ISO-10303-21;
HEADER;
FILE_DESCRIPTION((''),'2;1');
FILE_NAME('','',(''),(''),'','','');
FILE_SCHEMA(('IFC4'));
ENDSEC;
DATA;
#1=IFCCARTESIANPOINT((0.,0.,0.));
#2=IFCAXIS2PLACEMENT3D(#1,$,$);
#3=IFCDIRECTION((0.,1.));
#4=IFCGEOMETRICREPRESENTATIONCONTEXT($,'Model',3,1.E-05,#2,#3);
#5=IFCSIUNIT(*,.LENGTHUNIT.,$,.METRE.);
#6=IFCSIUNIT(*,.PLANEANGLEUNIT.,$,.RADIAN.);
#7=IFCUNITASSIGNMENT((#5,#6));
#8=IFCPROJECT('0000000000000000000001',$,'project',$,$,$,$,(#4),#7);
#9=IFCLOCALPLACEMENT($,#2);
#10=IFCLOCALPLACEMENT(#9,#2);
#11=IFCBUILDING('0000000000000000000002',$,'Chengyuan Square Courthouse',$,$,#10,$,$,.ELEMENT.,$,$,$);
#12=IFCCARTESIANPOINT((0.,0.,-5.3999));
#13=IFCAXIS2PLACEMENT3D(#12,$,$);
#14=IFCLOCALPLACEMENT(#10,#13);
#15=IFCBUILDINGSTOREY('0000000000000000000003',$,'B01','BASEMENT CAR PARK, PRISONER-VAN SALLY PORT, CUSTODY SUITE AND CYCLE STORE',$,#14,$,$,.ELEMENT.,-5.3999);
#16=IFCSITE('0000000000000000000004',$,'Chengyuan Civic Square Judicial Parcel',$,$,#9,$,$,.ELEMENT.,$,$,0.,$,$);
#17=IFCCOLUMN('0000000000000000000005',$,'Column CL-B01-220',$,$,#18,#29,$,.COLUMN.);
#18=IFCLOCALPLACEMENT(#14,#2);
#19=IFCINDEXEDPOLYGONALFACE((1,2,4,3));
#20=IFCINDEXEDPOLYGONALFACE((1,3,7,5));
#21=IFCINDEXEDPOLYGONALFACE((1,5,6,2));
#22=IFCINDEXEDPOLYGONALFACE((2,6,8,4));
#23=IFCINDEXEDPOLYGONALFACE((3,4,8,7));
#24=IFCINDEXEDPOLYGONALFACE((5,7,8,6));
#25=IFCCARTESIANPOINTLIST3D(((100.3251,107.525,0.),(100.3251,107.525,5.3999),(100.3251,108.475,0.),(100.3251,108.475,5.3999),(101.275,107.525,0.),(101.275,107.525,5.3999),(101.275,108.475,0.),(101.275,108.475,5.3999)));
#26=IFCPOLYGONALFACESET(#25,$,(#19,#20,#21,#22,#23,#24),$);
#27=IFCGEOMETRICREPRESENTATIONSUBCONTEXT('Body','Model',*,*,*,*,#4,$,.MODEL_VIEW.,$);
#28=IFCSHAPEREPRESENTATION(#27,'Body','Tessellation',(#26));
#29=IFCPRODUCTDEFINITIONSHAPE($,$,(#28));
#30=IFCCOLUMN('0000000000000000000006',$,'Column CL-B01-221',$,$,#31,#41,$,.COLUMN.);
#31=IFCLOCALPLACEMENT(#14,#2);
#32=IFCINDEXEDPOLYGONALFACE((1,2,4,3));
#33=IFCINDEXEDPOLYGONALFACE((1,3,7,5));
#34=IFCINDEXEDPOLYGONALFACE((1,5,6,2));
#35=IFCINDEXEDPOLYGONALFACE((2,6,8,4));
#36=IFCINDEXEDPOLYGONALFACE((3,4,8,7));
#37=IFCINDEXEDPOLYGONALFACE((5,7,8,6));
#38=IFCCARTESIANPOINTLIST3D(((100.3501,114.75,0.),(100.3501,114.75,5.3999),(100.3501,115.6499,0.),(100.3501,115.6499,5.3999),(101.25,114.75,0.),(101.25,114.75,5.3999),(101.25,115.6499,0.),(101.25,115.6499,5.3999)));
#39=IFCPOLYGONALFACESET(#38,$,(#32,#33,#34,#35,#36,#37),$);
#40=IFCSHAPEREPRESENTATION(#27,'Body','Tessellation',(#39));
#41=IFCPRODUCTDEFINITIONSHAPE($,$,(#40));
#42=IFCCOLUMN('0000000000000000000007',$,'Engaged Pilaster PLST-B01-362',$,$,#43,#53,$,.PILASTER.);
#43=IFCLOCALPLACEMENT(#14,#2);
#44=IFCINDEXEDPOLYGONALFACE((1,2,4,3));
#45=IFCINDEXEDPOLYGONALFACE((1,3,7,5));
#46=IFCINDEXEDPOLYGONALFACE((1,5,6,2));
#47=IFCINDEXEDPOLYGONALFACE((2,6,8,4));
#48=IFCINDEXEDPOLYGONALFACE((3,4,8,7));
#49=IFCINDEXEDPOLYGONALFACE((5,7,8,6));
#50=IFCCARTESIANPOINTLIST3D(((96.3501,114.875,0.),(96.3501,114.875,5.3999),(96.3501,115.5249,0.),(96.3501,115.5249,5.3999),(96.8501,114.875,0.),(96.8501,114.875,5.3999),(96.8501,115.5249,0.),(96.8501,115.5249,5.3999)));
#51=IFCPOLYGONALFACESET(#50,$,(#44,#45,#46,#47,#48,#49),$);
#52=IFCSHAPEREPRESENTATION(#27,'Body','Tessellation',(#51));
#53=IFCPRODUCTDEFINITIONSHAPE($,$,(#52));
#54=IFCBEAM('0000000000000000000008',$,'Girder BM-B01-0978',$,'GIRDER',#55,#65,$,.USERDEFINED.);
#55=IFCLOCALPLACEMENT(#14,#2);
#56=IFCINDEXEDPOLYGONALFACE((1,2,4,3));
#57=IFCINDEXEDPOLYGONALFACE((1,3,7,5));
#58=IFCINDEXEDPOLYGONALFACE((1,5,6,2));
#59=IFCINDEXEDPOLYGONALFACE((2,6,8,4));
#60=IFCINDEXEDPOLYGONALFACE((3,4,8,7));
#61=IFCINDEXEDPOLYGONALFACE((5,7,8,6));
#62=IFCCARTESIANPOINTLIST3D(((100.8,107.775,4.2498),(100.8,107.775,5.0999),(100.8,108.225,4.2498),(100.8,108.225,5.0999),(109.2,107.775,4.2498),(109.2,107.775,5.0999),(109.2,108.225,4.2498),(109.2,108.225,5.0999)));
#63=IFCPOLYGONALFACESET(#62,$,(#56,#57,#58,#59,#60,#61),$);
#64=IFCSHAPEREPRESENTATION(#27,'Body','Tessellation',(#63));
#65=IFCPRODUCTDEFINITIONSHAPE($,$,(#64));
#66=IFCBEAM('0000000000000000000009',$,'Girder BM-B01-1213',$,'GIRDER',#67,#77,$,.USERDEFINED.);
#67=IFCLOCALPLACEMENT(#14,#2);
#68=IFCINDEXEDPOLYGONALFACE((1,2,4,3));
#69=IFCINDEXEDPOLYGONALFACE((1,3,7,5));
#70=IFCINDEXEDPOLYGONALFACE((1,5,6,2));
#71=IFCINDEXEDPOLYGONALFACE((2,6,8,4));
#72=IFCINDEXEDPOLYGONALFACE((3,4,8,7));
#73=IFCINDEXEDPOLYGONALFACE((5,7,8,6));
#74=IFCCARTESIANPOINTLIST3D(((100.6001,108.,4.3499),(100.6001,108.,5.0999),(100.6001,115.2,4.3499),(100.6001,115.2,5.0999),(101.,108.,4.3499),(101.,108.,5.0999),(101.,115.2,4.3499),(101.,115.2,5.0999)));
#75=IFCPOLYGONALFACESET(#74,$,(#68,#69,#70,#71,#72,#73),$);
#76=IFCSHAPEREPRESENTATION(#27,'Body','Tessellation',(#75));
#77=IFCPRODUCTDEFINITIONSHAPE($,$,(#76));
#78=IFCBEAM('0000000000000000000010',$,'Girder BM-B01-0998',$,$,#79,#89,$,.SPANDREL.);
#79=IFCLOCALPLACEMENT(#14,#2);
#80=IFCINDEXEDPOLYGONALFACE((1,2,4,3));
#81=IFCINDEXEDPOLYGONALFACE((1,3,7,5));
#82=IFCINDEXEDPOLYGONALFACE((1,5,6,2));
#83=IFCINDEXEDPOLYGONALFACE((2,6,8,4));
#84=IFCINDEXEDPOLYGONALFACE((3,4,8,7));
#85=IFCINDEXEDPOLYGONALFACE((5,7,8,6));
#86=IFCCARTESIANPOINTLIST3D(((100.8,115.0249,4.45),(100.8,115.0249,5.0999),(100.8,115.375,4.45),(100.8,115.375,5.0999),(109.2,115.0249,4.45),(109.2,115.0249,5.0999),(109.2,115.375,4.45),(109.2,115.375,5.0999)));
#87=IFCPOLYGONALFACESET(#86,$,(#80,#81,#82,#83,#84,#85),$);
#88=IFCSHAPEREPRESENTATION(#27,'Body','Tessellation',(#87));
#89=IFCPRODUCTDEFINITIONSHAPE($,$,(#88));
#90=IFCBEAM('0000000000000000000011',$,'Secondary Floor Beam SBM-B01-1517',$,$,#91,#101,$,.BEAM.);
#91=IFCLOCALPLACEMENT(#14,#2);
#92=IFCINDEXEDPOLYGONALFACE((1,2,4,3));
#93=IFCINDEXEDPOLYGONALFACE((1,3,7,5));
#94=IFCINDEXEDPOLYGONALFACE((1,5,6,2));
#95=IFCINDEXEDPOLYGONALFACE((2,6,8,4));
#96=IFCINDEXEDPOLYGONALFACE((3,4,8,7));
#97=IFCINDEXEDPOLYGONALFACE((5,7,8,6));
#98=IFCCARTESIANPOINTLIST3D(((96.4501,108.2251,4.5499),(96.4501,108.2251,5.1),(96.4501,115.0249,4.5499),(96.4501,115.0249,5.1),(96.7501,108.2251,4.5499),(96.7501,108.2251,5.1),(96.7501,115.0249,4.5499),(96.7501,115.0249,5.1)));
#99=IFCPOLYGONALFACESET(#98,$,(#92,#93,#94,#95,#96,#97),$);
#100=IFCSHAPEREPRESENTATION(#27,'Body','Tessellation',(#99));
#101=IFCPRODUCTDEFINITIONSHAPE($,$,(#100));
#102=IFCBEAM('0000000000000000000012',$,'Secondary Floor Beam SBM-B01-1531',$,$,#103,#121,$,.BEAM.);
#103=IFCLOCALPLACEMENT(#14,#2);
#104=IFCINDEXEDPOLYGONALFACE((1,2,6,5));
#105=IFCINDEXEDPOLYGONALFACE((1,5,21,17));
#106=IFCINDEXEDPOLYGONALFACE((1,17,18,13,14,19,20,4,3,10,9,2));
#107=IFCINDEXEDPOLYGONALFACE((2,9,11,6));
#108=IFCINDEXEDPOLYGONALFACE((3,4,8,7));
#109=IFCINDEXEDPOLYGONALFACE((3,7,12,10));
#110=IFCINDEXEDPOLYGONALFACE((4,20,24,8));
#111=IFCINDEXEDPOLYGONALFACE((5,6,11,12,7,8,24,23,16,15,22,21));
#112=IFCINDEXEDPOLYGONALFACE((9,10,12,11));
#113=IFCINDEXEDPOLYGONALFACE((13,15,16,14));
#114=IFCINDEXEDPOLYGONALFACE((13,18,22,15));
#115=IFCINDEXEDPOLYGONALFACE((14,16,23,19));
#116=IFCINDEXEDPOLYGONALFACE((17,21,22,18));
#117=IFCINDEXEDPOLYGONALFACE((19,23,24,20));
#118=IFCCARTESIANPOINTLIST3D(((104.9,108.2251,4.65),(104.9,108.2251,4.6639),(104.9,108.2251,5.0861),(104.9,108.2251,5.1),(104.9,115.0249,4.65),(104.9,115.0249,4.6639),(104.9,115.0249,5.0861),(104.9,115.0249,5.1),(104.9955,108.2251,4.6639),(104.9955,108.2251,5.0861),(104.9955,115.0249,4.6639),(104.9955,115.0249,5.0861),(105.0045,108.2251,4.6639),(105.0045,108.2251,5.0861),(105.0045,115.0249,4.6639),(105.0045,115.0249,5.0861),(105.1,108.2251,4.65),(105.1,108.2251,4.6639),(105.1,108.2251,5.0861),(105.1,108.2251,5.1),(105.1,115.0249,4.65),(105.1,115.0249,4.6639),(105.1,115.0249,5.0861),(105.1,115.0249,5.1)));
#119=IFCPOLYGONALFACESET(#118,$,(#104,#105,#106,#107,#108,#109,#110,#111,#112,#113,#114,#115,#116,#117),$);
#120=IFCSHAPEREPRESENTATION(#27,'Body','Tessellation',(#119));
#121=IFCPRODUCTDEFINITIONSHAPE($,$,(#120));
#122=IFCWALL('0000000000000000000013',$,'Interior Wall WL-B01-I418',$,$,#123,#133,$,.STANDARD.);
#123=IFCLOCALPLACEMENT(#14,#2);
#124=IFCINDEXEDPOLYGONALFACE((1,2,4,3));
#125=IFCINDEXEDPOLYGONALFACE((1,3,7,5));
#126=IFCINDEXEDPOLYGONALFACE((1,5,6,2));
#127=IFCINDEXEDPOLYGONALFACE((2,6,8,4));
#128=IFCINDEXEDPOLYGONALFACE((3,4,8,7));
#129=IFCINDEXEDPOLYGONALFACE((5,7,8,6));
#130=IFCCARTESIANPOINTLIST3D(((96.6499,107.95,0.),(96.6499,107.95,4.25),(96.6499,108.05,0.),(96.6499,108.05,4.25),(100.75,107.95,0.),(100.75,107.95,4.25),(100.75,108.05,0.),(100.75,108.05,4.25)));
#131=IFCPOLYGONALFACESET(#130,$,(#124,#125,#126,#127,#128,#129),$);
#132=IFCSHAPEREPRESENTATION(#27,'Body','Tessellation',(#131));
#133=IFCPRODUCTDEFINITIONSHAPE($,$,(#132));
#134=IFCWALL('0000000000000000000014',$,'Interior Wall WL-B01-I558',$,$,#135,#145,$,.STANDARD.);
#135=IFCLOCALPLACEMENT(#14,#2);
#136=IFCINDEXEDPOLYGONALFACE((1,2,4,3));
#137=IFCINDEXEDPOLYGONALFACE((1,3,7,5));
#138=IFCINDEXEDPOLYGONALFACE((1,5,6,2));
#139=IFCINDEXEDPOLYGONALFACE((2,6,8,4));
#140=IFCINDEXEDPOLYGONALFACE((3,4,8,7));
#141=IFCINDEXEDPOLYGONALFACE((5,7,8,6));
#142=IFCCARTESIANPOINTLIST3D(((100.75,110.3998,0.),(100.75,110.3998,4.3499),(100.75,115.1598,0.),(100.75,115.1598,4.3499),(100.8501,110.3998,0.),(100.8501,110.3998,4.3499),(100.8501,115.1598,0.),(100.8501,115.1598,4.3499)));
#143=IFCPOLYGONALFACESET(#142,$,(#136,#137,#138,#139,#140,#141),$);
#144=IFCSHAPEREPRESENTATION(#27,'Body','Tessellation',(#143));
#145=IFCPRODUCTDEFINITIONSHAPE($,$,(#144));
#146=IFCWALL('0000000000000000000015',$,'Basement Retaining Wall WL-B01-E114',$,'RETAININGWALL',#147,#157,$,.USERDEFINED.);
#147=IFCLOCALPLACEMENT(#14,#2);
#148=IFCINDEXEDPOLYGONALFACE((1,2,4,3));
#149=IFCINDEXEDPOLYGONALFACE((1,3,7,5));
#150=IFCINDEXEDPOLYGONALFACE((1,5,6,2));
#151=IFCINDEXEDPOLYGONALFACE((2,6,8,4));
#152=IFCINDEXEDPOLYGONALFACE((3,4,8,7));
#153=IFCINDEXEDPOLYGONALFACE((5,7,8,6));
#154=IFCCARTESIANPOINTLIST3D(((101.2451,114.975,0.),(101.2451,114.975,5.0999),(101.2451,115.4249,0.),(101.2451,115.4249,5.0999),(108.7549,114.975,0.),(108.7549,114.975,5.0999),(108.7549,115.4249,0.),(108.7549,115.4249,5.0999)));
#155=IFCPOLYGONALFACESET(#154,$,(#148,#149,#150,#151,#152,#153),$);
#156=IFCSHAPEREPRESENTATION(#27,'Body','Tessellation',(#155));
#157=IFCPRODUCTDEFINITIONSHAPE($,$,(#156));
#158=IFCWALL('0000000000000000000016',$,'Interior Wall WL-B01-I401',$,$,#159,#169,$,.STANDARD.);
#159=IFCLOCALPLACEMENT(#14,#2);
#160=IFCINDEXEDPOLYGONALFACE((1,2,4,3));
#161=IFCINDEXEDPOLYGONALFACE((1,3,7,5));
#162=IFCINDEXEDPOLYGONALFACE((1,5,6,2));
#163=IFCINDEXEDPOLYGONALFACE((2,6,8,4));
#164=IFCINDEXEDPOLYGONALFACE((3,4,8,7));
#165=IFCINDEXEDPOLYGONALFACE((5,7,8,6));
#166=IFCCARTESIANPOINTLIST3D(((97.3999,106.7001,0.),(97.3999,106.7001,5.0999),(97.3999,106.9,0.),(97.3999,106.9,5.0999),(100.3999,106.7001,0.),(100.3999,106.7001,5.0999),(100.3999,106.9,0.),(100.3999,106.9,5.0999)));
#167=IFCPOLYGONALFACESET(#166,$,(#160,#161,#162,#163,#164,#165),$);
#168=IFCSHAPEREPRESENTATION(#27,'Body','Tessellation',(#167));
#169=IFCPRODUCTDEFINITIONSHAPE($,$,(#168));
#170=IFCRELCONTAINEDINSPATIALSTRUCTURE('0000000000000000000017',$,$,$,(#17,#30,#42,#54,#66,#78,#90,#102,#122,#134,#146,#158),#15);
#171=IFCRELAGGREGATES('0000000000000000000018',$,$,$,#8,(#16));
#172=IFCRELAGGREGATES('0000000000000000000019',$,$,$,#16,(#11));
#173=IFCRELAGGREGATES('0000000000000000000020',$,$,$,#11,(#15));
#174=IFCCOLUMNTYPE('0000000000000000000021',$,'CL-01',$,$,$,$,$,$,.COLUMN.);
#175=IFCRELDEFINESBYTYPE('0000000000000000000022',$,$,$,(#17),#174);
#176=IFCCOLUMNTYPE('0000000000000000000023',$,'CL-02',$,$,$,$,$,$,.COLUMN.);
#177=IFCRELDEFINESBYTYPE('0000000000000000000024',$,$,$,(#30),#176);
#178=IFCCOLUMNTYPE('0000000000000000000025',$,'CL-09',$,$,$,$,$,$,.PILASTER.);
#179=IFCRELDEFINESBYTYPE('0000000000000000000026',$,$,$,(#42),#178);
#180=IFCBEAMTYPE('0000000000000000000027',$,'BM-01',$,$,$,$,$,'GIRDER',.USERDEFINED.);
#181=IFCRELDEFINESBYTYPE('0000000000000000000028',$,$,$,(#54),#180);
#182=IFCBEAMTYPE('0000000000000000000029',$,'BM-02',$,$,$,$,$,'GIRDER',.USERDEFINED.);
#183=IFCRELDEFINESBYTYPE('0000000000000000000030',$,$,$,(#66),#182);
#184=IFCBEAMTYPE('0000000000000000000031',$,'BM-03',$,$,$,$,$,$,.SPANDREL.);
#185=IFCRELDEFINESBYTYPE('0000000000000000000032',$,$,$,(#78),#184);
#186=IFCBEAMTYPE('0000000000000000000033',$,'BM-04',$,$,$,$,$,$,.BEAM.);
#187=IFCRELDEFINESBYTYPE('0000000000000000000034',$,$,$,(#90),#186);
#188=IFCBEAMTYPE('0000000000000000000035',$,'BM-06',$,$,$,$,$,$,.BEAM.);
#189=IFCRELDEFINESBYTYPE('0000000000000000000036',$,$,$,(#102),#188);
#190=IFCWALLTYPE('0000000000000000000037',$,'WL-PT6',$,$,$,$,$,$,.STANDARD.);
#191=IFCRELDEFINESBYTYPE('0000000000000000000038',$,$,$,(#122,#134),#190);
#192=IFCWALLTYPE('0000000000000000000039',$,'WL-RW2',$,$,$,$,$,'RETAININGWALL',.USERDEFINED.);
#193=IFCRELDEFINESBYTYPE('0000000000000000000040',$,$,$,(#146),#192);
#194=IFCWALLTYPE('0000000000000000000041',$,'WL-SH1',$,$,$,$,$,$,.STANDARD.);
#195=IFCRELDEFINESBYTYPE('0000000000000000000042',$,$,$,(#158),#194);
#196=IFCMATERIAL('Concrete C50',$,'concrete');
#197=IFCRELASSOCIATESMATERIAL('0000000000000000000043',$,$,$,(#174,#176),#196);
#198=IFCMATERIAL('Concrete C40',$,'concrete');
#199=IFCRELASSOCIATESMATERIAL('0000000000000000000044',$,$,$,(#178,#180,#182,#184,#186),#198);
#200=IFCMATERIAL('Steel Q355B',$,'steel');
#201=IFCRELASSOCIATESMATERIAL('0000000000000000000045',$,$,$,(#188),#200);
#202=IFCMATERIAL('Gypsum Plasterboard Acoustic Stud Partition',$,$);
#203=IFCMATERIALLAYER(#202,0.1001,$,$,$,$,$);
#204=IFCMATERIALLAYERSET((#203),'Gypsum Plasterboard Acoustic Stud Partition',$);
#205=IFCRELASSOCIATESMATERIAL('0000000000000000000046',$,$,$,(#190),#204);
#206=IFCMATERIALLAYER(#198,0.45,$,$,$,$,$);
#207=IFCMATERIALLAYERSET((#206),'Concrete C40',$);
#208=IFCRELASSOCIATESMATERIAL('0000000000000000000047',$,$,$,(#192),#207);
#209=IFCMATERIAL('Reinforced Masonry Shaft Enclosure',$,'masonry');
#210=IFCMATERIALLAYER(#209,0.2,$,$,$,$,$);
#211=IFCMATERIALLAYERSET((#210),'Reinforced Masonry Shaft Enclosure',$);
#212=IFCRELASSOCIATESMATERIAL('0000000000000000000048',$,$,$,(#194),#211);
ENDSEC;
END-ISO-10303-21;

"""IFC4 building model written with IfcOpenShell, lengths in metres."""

from ifc_helpers import new_model, si_unit, direction, frame, frame_2d, origin, origin_2d, place, context, subcontext, project, spatial, rectangle, i_section, extrude, material, layer, layer_set, material_profile, profile_set, type_object, element, save


model = new_model("IFC4")

# Units and contexts
model_context = context("Model", 3, precision=1e-05, world=origin(), true_north=direction((0.0, 1.0)))
body_context = subcontext(model_context, "Body", "Model", "MODEL_VIEW")
ifc_project = project(units=[si_unit("LENGTHUNIT", "METRE"), si_unit("PLANEANGLEUNIT", "RADIAN")], contexts=[model_context])

# Site, building, storey
site_placement = place(None, origin())
site = spatial("IfcSite", under=ifc_project, at=site_placement, Name="Chengyuan Civic Square Judicial Parcel", CompositionType="ELEMENT", RefElevation=0.0)
building_placement = place(site_placement, origin())
building = spatial("IfcBuilding", under=site, at=building_placement, Name="Chengyuan Square Courthouse", CompositionType="ELEMENT")
storey_placement = place(building_placement, frame((0.0, 0.0, -5.3999)))
storey = spatial("IfcBuildingStorey", under=building, at=storey_placement, Name="B01", Description="BASEMENT CAR PARK, PRISONER-VAN SALLY PORT, CUSTODY SUITE AND CYCLE STORE", CompositionType="ELEMENT", Elevation=-5.3999)

# Columns
ifc_material_1 = material(Name="Concrete C50", Category="concrete")
ifc_material_profile_1 = material_profile(ifc_material_1, rectangle(XDim=0.95, YDim=0.95, at=origin_2d()), Name="RC-COL-950x950")
ifc_profile_set_1 = profile_set([ifc_material_profile_1], Name="Concrete C50")
column_type_1 = type_object("IfcColumnType", Name="CL-01", PredefinedType="COLUMN", material=ifc_profile_set_1)
column_1_placement = place(storey_placement, frame((100.8, 108.0, 0.0), z_axis=(0.0, 0.0, 1.0), x_axis=(1.0, 0.0, 0.0)))
element("IfcColumn", 1, at=column_1_placement, inside=storey, type_object=column_type_1, Name="Column CL-B01-220", PredefinedType="COLUMN", context=body_context, shape_type="SweptSolid", body=[
    extrude(rectangle(XDim=0.95, YDim=0.95, at=origin_2d()), origin(), (0.0, 0.0, 1.0), 5.3999),
])
ifc_material_profile_2 = material_profile(ifc_material_1, rectangle(XDim=0.8999, YDim=0.8999, at=origin_2d()), Name="RC-COL-900x900")
ifc_profile_set_2 = profile_set([ifc_material_profile_2], Name="Concrete C50")
column_type_2 = type_object("IfcColumnType", Name="CL-02", PredefinedType="COLUMN", material=ifc_profile_set_2)
column_2_placement = place(storey_placement, frame((100.8, 115.2, 0.0), z_axis=(0.0, 0.0, 1.0), x_axis=(1.0, 0.0, 0.0)))
element("IfcColumn", 2, at=column_2_placement, inside=storey, type_object=column_type_2, Name="Column CL-B01-221", PredefinedType="COLUMN", context=body_context, shape_type="SweptSolid", body=[
    extrude(rectangle(XDim=0.8999, YDim=0.8999, at=origin_2d()), origin(), (0.0, 0.0, 1.0), 5.3999),
])
ifc_material_2 = material(Name="Concrete C40", Category="concrete")
ifc_material_profile_3 = material_profile(ifc_material_2, rectangle(XDim=0.5, YDim=0.6499, at=origin_2d()), Name="RC-PIL-500x650")
ifc_profile_set_3 = profile_set([ifc_material_profile_3], Name="Concrete C40")
column_type_3 = type_object("IfcColumnType", Name="CL-09", PredefinedType="PILASTER", material=ifc_profile_set_3)
column_3_placement = place(storey_placement, frame((96.6001, 115.2, 0.0), z_axis=(0.0, 0.0, 1.0), x_axis=(1.0, 0.0, 0.0)))
element("IfcColumn", 3, at=column_3_placement, inside=storey, type_object=column_type_3, Name="Engaged Pilaster PLST-B01-362", PredefinedType="PILASTER", context=body_context, shape_type="SweptSolid", body=[
    extrude(rectangle(XDim=0.5, YDim=0.6499, at=origin_2d()), origin(), (0.0, 0.0, 1.0), 5.3999),
])

# Beams
ifc_material_profile_4 = material_profile(ifc_material_2, rectangle(XDim=0.45, YDim=0.8501, at=origin_2d()), Name="RC-BM-450x850")
ifc_profile_set_4 = profile_set([ifc_material_profile_4], Name="Concrete C40")
beam_type_1 = type_object("IfcBeamType", Name="BM-01", ElementType="GIRDER", PredefinedType="USERDEFINED", material=ifc_profile_set_4)
beam_1_placement = place(storey_placement, frame((100.8, 108.0, 4.6748), z_axis=(1.0, 0.0, 0.0), x_axis=(0.0, 1.0, 0.0)))
element("IfcBeam", 4, at=beam_1_placement, inside=storey, type_object=beam_type_1, Name="Girder BM-B01-0978", ObjectType="GIRDER", PredefinedType="USERDEFINED", context=body_context, shape_type="SweptSolid", body=[
    extrude(rectangle(XDim=0.45, YDim=0.8501, at=origin_2d()), origin(), (0.0, 0.0, 1.0), 8.3999),
])
ifc_material_profile_5 = material_profile(ifc_material_2, rectangle(XDim=0.3999, YDim=0.75, at=origin_2d()), Name="RC-BM-400x750")
ifc_profile_set_5 = profile_set([ifc_material_profile_5], Name="Concrete C40")
beam_type_2 = type_object("IfcBeamType", Name="BM-02", ElementType="GIRDER", PredefinedType="USERDEFINED", material=ifc_profile_set_5)
beam_2_placement = place(storey_placement, frame((100.8, 108.0, 4.7249), z_axis=(0.0, 1.0, 0.0), x_axis=(-1.0, 0.0, 0.0)))
element("IfcBeam", 5, at=beam_2_placement, inside=storey, type_object=beam_type_2, Name="Girder BM-B01-1213", ObjectType="GIRDER", PredefinedType="USERDEFINED", context=body_context, shape_type="SweptSolid", body=[
    extrude(rectangle(XDim=0.3999, YDim=0.75, at=origin_2d()), origin(), (0.0, 0.0, 1.0), 7.2),
])
ifc_material_profile_6 = material_profile(ifc_material_2, rectangle(XDim=0.3501, YDim=0.6499, at=origin_2d()), Name="RC-BM-350x650")
ifc_profile_set_6 = profile_set([ifc_material_profile_6], Name="Concrete C40")
beam_type_3 = type_object("IfcBeamType", Name="BM-03", PredefinedType="SPANDREL", material=ifc_profile_set_6)
beam_3_placement = place(storey_placement, frame((100.8, 115.2, 4.7749), z_axis=(1.0, 0.0, 0.0), x_axis=(0.0, 1.0, 0.0)))
element("IfcBeam", 6, at=beam_3_placement, inside=storey, type_object=beam_type_3, Name="Girder BM-B01-0998", PredefinedType="SPANDREL", context=body_context, shape_type="SweptSolid", body=[
    extrude(rectangle(XDim=0.3501, YDim=0.6499, at=origin_2d()), origin(), (0.0, 0.0, 1.0), 8.3999),
])
ifc_material_profile_7 = material_profile(ifc_material_2, rectangle(XDim=0.3, YDim=0.55, at=origin_2d()), Name="RC-BM-300x550")
ifc_profile_set_7 = profile_set([ifc_material_profile_7], Name="Concrete C40")
beam_type_4 = type_object("IfcBeamType", Name="BM-04", PredefinedType="BEAM", material=ifc_profile_set_7)
beam_4_placement = place(storey_placement, frame((96.6001, 108.2251, 4.825), z_axis=(0.0, 1.0, 0.0), x_axis=(-1.0, 0.0, 0.0)))
element("IfcBeam", 7, at=beam_4_placement, inside=storey, type_object=beam_type_4, Name="Secondary Floor Beam SBM-B01-1517", PredefinedType="BEAM", context=body_context, shape_type="SweptSolid", body=[
    extrude(rectangle(XDim=0.3, YDim=0.55, at=origin_2d()), origin(), (0.0, 0.0, 1.0), 6.7998),
])
ifc_material_3 = material(Name="Steel Q355B", Category="steel")
ifc_material_profile_8 = material_profile(ifc_material_3, i_section(OverallWidth=0.2, OverallDepth=0.45, WebThickness=0.009, FlangeThickness=0.0139, at=origin_2d()), Name="HN 450x200x9x14")
ifc_profile_set_8 = profile_set([ifc_material_profile_8], Name="Steel Q355B")
beam_type_5 = type_object("IfcBeamType", Name="BM-06", PredefinedType="BEAM", material=ifc_profile_set_8)
beam_5_placement = place(storey_placement, frame((105.0, 108.2251, 4.875), z_axis=(0.0, 1.0, 0.0), x_axis=(-1.0, 0.0, 0.0)))
element("IfcBeam", 8, at=beam_5_placement, inside=storey, type_object=beam_type_5, Name="Secondary Floor Beam SBM-B01-1531", PredefinedType="BEAM", context=body_context, shape_type="SweptSolid", body=[
    extrude(i_section(OverallWidth=0.2, OverallDepth=0.45, WebThickness=0.009, FlangeThickness=0.0139, at=origin_2d()), origin(), (0.0, 0.0, 1.0), 6.7998),
])

# Walls
ifc_material_4 = material(Name="Gypsum Plasterboard Acoustic Stud Partition")
ifc_layer_1 = layer(ifc_material_4, 0.1001)
ifc_layer_set_1 = layer_set([ifc_layer_1], Name="Gypsum Plasterboard Acoustic Stud Partition")
wall_type_1 = type_object("IfcWallType", Name="WL-PT6", PredefinedType="STANDARD", material=ifc_layer_set_1)
wall_1_placement = place(storey_placement, frame((96.6499, 108.0, 0.0), z_axis=(0.0, 0.0, 1.0), x_axis=(1.0, 0.0, 0.0)))
element("IfcWall", 9, at=wall_1_placement, inside=storey, type_object=wall_type_1, Name="Interior Wall WL-B01-I418", PredefinedType="STANDARD", context=body_context, shape_type="SweptSolid", body=[
    extrude(rectangle(XDim=4.1001, YDim=0.1001, at=frame_2d((2.05, 0.0))), origin(), (0.0, 0.0, 1.0), 4.25),
])
wall_2_placement = place(storey_placement, frame((100.8, 110.3999, 0.0), z_axis=(0.0, 0.0, 1.0), x_axis=(0.0, 1.0, 0.0)))
element("IfcWall", 10, at=wall_2_placement, inside=storey, type_object=wall_type_1, Name="Interior Wall WL-B01-I558", PredefinedType="STANDARD", context=body_context, shape_type="SweptSolid", body=[
    extrude(rectangle(XDim=4.76, YDim=0.1001, at=frame_2d((2.3799, 0.0))), origin(), (0.0, 0.0, 1.0), 4.3499),
])
ifc_layer_2 = layer(ifc_material_2, 0.45)
ifc_layer_set_2 = layer_set([ifc_layer_2], Name="Concrete C40")
wall_type_2 = type_object("IfcWallType", Name="WL-RW2", ElementType="RETAININGWALL", PredefinedType="USERDEFINED", material=ifc_layer_set_2)
wall_3_placement = place(storey_placement, frame((101.2451, 115.2, 0.0), z_axis=(0.0, 0.0, 1.0), x_axis=(1.0, 0.0, 0.0)))
element("IfcWall", 11, at=wall_3_placement, inside=storey, type_object=wall_type_2, Name="Basement Retaining Wall WL-B01-E114", ObjectType="RETAININGWALL", PredefinedType="USERDEFINED", context=body_context, shape_type="SweptSolid", body=[
    extrude(rectangle(XDim=7.5098, YDim=0.45, at=frame_2d((3.7549, 0.0))), origin(), (0.0, 0.0, 1.0), 5.0999),
])
ifc_material_5 = material(Name="Reinforced Masonry Shaft Enclosure", Category="masonry")
ifc_layer_3 = layer(ifc_material_5, 0.2)
ifc_layer_set_3 = layer_set([ifc_layer_3], Name="Reinforced Masonry Shaft Enclosure")
wall_type_3 = type_object("IfcWallType", Name="WL-SH1", PredefinedType="STANDARD", material=ifc_layer_set_3)
wall_4_placement = place(storey_placement, frame((97.3999, 106.8, 0.0), z_axis=(0.0, 0.0, 1.0), x_axis=(1.0, 0.0, 0.0)))
element("IfcWall", 12, at=wall_4_placement, inside=storey, type_object=wall_type_3, Name="Interior Wall WL-B01-I401", PredefinedType="STANDARD", context=body_context, shape_type="SweptSolid", body=[
    extrude(rectangle(XDim=3.0, YDim=0.2, at=frame_2d((1.5, 0.0))), origin(), (0.0, 0.0, 1.0), 5.0999),
])

save(model, "model.ifc")
